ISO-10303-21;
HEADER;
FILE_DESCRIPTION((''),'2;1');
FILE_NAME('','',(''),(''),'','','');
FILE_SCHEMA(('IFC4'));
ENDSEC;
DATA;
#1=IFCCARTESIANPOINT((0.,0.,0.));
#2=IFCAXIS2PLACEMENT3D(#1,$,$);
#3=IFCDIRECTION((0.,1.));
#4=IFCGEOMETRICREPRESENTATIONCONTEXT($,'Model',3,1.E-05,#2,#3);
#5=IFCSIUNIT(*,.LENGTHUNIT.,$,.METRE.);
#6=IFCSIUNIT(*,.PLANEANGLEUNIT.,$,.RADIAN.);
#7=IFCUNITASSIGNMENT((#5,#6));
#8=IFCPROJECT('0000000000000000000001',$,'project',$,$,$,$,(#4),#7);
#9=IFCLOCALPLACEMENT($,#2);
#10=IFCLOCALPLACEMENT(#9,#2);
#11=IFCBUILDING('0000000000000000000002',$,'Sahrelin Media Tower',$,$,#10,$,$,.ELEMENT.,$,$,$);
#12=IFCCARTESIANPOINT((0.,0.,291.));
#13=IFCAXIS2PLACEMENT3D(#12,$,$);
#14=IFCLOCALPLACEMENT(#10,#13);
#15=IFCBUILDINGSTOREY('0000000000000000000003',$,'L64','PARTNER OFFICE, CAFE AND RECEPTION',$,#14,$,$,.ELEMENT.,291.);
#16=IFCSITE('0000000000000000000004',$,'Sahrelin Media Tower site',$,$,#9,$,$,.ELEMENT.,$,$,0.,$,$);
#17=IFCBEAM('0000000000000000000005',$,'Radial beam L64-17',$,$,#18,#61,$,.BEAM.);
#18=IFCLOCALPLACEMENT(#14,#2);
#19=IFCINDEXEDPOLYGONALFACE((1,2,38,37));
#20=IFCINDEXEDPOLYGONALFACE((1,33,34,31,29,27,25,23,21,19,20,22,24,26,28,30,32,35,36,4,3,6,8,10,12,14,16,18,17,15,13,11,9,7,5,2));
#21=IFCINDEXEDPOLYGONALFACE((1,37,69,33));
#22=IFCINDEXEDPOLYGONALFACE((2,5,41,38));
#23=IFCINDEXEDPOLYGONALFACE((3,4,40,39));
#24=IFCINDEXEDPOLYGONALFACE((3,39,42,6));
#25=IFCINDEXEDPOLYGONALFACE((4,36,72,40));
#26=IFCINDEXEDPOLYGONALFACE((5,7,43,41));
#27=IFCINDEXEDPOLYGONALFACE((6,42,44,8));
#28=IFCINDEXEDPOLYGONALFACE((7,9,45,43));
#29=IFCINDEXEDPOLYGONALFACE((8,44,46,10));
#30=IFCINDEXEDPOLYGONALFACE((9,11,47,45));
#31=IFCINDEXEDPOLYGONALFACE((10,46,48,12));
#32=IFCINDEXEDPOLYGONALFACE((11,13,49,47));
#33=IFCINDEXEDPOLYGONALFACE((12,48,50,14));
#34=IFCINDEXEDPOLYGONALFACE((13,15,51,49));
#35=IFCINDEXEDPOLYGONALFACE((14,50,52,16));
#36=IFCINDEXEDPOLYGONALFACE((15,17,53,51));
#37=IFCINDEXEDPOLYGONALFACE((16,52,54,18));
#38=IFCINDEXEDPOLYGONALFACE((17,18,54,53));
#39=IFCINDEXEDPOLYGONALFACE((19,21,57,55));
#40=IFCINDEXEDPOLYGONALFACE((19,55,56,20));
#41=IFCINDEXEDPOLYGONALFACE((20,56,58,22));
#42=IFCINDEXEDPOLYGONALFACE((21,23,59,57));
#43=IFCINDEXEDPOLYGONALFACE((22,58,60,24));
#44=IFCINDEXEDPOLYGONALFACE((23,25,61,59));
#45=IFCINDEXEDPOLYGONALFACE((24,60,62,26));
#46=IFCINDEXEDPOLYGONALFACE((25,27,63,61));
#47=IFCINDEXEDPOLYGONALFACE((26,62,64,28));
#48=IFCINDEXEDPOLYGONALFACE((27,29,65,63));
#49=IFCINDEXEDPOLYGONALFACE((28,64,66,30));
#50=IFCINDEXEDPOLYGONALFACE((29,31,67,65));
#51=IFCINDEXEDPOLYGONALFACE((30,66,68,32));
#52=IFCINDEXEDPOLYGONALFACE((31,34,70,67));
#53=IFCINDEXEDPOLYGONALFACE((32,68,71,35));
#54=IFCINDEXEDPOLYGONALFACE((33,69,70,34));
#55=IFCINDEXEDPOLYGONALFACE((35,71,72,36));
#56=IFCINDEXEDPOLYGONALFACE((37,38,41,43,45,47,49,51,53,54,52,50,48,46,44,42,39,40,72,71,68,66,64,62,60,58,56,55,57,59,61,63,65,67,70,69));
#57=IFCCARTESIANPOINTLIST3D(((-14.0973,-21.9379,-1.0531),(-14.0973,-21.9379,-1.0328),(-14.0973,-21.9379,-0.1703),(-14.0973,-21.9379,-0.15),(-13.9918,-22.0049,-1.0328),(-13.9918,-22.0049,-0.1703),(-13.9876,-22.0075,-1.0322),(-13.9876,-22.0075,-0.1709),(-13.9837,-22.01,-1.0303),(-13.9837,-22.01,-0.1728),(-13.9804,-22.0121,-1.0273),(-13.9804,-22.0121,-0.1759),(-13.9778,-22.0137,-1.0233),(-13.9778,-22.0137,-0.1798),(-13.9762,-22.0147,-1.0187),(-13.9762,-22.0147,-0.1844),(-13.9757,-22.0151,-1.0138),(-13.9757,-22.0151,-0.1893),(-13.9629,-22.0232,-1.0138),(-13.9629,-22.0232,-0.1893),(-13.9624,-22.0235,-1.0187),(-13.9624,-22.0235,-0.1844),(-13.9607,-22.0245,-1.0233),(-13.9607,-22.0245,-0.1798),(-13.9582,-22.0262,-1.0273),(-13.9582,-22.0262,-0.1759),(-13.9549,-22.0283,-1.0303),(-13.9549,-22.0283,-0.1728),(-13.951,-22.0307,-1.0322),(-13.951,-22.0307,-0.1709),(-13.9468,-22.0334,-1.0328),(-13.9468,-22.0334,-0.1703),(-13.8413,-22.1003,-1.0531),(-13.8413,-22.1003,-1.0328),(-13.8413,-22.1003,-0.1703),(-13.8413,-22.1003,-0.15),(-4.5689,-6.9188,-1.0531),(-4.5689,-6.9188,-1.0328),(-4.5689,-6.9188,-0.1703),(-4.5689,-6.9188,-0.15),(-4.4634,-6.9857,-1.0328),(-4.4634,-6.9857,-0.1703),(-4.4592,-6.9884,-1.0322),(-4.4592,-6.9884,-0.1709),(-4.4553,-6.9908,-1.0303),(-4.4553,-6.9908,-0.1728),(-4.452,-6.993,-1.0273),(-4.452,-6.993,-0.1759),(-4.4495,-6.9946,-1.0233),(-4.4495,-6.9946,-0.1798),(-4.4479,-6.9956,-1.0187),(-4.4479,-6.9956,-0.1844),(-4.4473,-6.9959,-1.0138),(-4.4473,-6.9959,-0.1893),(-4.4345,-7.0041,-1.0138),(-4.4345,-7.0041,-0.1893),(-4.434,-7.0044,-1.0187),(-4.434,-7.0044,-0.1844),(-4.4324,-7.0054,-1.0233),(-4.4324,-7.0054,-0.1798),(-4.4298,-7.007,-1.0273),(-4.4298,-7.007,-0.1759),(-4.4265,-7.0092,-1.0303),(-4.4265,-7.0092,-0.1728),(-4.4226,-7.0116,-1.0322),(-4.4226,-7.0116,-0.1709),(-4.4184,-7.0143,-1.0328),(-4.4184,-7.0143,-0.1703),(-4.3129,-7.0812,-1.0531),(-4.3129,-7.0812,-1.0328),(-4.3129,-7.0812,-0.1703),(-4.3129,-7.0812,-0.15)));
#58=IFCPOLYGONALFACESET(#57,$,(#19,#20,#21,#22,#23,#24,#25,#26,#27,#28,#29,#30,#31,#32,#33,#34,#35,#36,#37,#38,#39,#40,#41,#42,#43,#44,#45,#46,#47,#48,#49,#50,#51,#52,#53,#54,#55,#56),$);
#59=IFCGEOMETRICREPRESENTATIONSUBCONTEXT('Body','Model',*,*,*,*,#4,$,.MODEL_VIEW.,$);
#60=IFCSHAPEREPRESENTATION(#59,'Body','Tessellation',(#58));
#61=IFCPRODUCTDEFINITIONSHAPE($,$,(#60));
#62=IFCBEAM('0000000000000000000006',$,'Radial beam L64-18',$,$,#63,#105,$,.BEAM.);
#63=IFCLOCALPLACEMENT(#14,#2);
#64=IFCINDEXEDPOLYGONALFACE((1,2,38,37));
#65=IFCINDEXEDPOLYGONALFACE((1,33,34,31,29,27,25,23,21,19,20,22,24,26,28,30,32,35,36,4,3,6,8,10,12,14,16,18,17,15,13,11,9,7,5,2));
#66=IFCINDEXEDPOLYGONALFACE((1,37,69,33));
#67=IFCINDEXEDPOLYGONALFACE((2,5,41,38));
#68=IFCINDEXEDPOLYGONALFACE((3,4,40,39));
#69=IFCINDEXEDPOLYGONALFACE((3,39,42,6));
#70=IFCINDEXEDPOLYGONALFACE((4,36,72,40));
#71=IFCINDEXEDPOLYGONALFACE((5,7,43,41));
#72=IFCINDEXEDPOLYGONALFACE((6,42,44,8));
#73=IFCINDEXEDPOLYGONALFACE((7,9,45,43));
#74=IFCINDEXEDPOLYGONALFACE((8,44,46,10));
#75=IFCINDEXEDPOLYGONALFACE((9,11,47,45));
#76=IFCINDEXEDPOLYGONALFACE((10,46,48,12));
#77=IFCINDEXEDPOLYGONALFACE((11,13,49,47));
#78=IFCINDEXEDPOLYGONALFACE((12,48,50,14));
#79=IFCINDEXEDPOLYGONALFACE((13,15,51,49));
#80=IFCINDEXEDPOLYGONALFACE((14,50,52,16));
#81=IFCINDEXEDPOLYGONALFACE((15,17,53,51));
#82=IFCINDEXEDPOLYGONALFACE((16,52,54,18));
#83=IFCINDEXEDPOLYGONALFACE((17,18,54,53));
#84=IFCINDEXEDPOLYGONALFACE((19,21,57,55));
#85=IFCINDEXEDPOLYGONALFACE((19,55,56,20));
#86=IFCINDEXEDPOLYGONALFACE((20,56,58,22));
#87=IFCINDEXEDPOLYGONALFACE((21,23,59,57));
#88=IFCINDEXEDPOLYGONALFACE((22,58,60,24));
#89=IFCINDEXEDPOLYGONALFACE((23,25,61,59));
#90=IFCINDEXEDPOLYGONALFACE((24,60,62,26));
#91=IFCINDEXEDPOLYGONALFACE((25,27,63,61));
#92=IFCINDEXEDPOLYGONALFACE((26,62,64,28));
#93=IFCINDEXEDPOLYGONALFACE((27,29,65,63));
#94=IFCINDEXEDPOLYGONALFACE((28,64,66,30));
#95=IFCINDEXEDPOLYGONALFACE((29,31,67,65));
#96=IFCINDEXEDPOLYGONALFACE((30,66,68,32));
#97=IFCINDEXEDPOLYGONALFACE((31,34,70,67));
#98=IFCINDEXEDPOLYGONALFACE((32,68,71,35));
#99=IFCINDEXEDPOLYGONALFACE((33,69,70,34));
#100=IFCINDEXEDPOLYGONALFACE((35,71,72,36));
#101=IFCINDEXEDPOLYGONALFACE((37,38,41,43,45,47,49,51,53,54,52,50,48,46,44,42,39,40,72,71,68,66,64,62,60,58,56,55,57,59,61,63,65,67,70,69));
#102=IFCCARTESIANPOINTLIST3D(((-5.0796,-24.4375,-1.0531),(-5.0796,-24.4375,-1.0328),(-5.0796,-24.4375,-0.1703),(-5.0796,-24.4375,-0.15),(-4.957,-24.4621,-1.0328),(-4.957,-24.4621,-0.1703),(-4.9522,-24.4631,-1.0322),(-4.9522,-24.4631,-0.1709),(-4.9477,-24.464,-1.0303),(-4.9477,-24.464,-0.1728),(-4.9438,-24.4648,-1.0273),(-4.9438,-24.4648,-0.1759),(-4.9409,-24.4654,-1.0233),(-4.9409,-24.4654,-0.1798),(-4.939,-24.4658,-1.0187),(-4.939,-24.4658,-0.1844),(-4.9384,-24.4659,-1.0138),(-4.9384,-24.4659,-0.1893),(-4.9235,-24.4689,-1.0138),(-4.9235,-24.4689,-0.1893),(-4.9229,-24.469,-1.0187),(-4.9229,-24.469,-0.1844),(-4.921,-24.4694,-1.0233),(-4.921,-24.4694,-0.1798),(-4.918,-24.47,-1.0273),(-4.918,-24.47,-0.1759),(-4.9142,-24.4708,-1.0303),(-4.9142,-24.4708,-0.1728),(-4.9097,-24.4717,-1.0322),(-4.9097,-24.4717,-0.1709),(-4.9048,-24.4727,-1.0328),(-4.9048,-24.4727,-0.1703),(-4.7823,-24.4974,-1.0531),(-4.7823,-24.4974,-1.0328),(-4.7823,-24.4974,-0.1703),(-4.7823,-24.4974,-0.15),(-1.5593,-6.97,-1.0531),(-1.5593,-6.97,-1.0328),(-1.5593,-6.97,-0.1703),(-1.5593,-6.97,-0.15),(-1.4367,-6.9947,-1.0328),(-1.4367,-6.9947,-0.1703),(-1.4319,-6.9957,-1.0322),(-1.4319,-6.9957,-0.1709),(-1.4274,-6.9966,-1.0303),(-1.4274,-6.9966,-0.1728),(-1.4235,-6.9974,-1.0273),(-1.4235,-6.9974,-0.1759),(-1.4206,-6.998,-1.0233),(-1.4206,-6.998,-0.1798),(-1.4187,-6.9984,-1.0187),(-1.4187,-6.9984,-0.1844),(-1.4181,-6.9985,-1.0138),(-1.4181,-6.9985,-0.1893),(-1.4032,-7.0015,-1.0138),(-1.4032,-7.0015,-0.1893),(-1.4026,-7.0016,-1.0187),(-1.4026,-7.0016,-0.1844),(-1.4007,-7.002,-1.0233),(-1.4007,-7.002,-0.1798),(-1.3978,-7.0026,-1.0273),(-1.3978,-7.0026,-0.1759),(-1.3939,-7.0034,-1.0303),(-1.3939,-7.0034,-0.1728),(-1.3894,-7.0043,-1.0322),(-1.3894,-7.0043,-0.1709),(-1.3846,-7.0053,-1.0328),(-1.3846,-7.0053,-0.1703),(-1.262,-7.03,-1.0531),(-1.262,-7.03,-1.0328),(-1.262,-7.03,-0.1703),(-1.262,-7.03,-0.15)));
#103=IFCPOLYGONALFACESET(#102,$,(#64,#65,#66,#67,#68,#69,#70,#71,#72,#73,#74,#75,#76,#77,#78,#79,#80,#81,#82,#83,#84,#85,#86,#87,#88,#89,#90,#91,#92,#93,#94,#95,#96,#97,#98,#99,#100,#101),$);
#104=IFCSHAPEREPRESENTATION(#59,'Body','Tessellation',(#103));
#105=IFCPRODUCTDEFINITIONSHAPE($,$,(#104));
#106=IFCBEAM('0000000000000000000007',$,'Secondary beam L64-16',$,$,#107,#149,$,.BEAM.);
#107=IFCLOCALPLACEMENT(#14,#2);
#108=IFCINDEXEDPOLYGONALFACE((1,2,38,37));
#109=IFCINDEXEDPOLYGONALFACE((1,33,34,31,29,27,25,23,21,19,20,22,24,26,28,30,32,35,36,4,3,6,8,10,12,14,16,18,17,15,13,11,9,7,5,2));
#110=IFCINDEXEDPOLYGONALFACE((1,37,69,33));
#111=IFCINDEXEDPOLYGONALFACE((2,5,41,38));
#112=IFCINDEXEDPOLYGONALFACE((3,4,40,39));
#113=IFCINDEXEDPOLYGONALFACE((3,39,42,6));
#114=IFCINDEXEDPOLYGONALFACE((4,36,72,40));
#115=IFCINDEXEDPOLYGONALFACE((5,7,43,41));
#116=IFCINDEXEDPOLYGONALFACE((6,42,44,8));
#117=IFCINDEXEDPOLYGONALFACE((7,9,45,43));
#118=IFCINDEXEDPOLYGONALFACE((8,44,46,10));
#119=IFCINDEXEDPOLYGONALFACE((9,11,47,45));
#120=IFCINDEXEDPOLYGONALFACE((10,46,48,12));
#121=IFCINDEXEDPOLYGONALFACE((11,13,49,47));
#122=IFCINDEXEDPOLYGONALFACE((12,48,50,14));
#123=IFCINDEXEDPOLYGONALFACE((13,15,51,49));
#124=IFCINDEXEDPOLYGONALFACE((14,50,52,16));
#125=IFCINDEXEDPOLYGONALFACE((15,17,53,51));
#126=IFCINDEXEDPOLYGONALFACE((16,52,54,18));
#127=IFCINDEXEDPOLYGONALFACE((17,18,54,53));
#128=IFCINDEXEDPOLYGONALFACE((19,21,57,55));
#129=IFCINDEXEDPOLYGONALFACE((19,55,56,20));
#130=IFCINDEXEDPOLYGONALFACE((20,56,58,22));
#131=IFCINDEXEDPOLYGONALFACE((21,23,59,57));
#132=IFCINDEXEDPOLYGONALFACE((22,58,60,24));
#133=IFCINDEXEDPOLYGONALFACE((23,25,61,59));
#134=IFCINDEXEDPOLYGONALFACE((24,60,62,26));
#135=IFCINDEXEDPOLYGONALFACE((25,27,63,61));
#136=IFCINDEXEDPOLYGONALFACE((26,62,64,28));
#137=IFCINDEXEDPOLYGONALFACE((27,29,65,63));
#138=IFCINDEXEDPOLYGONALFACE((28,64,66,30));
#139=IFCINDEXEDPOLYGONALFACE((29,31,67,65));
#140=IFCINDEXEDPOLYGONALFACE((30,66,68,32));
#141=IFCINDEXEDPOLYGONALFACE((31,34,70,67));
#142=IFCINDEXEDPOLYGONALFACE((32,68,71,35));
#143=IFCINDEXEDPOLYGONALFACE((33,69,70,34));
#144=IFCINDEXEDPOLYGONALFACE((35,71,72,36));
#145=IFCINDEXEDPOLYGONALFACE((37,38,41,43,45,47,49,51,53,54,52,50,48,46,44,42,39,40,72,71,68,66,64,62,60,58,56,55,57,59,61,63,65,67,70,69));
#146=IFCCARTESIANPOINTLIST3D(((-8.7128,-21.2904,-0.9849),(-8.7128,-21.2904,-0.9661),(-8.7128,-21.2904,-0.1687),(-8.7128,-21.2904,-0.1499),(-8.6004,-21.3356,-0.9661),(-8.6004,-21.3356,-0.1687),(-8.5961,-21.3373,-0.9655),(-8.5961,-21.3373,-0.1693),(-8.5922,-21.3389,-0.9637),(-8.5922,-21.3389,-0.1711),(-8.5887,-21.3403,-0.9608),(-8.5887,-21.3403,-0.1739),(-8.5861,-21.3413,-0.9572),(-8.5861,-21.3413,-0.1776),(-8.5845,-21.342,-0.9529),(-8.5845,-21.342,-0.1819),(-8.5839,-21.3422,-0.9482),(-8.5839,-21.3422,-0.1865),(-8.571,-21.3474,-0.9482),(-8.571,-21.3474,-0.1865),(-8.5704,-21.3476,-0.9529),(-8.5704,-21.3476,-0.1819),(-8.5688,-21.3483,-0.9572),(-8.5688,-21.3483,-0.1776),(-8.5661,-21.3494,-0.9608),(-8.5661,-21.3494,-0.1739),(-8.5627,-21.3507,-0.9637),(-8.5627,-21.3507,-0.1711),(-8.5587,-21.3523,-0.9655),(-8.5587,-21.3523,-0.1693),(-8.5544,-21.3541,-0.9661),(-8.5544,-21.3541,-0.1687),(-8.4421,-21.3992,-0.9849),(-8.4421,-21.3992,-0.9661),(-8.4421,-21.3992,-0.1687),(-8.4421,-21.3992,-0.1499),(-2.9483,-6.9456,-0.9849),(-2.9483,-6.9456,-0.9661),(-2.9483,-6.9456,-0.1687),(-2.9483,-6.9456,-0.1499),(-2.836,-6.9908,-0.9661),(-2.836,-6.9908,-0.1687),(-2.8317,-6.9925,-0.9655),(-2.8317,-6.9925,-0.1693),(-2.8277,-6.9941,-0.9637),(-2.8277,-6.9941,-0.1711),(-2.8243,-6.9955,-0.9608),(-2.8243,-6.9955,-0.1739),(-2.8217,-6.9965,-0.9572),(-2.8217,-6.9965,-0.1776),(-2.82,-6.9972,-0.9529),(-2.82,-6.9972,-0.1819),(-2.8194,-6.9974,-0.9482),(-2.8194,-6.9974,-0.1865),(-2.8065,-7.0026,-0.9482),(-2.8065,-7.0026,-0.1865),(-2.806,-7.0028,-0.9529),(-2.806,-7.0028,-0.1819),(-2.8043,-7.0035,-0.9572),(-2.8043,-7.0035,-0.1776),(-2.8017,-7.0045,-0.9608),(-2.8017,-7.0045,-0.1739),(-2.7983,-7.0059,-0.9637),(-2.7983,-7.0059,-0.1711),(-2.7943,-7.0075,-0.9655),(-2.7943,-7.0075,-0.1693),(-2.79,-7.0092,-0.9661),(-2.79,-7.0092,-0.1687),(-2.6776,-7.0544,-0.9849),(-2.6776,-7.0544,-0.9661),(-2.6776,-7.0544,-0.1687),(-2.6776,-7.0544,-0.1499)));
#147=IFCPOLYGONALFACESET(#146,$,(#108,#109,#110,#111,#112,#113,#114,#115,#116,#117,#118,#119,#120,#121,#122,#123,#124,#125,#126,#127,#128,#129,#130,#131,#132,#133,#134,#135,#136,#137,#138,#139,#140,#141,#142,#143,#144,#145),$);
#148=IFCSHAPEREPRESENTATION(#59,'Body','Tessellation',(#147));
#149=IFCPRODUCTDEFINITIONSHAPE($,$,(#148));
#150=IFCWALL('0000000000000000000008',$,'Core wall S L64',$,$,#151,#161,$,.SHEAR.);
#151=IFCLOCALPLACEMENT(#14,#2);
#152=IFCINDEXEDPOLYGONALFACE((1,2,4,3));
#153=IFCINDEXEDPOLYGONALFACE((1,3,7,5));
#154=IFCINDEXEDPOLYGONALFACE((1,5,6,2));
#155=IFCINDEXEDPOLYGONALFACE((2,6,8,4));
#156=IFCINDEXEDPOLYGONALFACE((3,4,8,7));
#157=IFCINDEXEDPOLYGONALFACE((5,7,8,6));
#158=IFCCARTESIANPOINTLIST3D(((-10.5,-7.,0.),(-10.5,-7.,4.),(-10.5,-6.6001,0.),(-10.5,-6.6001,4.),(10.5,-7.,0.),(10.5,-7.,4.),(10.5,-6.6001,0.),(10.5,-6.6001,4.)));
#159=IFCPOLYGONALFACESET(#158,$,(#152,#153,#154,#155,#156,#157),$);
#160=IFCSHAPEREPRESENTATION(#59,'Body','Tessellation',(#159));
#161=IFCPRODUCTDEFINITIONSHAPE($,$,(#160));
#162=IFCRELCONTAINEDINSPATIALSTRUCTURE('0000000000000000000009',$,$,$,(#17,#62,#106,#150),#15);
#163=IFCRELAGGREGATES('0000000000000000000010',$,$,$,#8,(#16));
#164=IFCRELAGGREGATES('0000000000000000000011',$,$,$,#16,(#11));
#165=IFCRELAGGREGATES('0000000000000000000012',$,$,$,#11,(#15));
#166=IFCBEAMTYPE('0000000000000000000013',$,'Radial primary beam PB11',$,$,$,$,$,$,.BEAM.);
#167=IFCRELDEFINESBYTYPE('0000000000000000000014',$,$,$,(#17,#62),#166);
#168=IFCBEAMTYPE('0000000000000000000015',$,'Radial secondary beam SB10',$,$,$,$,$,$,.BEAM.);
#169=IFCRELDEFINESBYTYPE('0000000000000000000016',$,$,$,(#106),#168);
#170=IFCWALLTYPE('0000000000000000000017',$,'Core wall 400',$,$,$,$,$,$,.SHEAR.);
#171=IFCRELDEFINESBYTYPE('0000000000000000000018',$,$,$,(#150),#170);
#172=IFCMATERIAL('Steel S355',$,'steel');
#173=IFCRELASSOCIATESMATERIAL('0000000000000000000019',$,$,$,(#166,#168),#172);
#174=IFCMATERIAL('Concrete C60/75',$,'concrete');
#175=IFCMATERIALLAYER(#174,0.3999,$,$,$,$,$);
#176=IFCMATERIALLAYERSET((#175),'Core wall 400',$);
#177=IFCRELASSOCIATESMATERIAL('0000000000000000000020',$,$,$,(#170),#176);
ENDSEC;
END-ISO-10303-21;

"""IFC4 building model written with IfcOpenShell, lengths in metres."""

from ifc_helpers import new_model, si_unit, direction, frame, frame_2d, origin, origin_2d, place, context, subcontext, project, spatial, rectangle, i_section, extrude, material, layer, layer_set, material_profile, profile_set, type_object, element, save


model = new_model("IFC4")

# Units and contexts
model_context = context("Model", 3, precision=1e-05, world=origin(), true_north=direction((0.0, 1.0)))
body_context = subcontext(model_context, "Body", "Model", "MODEL_VIEW")
ifc_project = project(units=[si_unit("LENGTHUNIT", "METRE"), si_unit("PLANEANGLEUNIT", "RADIAN")], contexts=[model_context])

# Site, building, storey
site_placement = place(None, origin())
site = spatial("IfcSite", under=ifc_project, at=site_placement, Name="Sahrelin Media Tower site", CompositionType="ELEMENT", RefElevation=0.0)
building_placement = place(site_placement, origin())
building = spatial("IfcBuilding", under=site, at=building_placement, Name="Sahrelin Media Tower", CompositionType="ELEMENT")
storey_placement = place(building_placement, frame((0.0, 0.0, 291.0)))
storey = spatial("IfcBuildingStorey", under=building, at=storey_placement, Name="L64", Description="PARTNER OFFICE, CAFE AND RECEPTION", CompositionType="ELEMENT", Elevation=291.0)

# Beams
ifc_material_1 = material(Name="Steel S355", Category="steel")
ifc_material_profile_1 = material_profile(ifc_material_1, i_section(OverallWidth=0.3032, OverallDepth=0.9031, WebThickness=0.0151, FlangeThickness=0.0203, FilletRadius=0.019, at=origin_2d()), Name="UB 914x305x201")
ifc_profile_set_1 = profile_set([ifc_material_profile_1], Name="Steel S355")
beam_type_1 = type_object("IfcBeamType", Name="Radial primary beam PB11", PredefinedType="BEAM", material=ifc_profile_set_1)
beam_1_placement = place(storey_placement, frame((-4.4409, -7.0, -0.6016), z_axis=(-0.535704, -0.844406, 0.0), x_axis=(0.844406, -0.535704, 0.0)))
element("IfcBeam", 1, at=beam_1_placement, inside=storey, type_object=beam_type_1, Name="Radial beam L64-17", PredefinedType="BEAM", context=body_context, shape_type="SweptSolid", body=[
    extrude(i_section(OverallWidth=0.3032, OverallDepth=0.9031, WebThickness=0.0151, FlangeThickness=0.0203, FilletRadius=0.019, at=origin_2d()), origin(), (0.0, 0.0, 1.0), 17.7866),
])
beam_2_placement = place(storey_placement, frame((-1.4106, -7.0, -0.6016), z_axis=(-0.197562, -0.98029, 0.0), x_axis=(0.98029, -0.197562, 0.0)))
element("IfcBeam", 2, at=beam_2_placement, inside=storey, type_object=beam_type_1, Name="Radial beam L64-18", PredefinedType="BEAM", context=body_context, shape_type="SweptSolid", body=[
    extrude(i_section(OverallWidth=0.3032, OverallDepth=0.9031, WebThickness=0.0151, FlangeThickness=0.0203, FilletRadius=0.019, at=origin_2d()), origin(), (0.0, 0.0, 1.0), 17.8186),
])
ifc_material_profile_2 = material_profile(ifc_material_1, i_section(OverallWidth=0.2917, OverallDepth=0.835, WebThickness=0.0139, FlangeThickness=0.0188, FilletRadius=0.0178, at=origin_2d()), Name="UB 838x292x176")
ifc_profile_set_2 = profile_set([ifc_material_profile_2], Name="Steel S355")
beam_type_2 = type_object("IfcBeamType", Name="Radial secondary beam SB10", PredefinedType="BEAM", material=ifc_profile_set_2)
beam_3_placement = place(storey_placement, frame((-2.813, -7.0, -0.5674), z_axis=(-0.372869, -0.927884, 0.0), x_axis=(0.927884, -0.372869, 0.0)))
element("IfcBeam", 3, at=beam_3_placement, inside=storey, type_object=beam_type_2, Name="Secondary beam L64-16", PredefinedType="BEAM", context=body_context, shape_type="SweptSolid", body=[
    extrude(i_section(OverallWidth=0.2917, OverallDepth=0.835, WebThickness=0.0139, FlangeThickness=0.0188, FilletRadius=0.0178, at=origin_2d()), origin(), (0.0, 0.0, 1.0), 15.4597),
])

# Wall
ifc_material_2 = material(Name="Concrete C60/75", Category="concrete")
ifc_layer_1 = layer(ifc_material_2, 0.3999)
ifc_layer_set_1 = layer_set([ifc_layer_1], Name="Core wall 400")
wall_type_1 = type_object("IfcWallType", Name="Core wall 400", PredefinedType="SHEAR", material=ifc_layer_set_1)
wall_1_placement = place(storey_placement, frame((-10.5, -6.8, 0.0), z_axis=(0.0, 0.0, 1.0), x_axis=(1.0, 0.0, 0.0)))
element("IfcWall", 4, at=wall_1_placement, inside=storey, type_object=wall_type_1, Name="Core wall S L64", PredefinedType="SHEAR", context=body_context, shape_type="SweptSolid", body=[
    extrude(rectangle(XDim=21.0, YDim=0.3999, at=frame_2d((10.5, 0.0))), origin(), (0.0, 0.0, 1.0), 4.0),
])

save(model, "model.ifc")
